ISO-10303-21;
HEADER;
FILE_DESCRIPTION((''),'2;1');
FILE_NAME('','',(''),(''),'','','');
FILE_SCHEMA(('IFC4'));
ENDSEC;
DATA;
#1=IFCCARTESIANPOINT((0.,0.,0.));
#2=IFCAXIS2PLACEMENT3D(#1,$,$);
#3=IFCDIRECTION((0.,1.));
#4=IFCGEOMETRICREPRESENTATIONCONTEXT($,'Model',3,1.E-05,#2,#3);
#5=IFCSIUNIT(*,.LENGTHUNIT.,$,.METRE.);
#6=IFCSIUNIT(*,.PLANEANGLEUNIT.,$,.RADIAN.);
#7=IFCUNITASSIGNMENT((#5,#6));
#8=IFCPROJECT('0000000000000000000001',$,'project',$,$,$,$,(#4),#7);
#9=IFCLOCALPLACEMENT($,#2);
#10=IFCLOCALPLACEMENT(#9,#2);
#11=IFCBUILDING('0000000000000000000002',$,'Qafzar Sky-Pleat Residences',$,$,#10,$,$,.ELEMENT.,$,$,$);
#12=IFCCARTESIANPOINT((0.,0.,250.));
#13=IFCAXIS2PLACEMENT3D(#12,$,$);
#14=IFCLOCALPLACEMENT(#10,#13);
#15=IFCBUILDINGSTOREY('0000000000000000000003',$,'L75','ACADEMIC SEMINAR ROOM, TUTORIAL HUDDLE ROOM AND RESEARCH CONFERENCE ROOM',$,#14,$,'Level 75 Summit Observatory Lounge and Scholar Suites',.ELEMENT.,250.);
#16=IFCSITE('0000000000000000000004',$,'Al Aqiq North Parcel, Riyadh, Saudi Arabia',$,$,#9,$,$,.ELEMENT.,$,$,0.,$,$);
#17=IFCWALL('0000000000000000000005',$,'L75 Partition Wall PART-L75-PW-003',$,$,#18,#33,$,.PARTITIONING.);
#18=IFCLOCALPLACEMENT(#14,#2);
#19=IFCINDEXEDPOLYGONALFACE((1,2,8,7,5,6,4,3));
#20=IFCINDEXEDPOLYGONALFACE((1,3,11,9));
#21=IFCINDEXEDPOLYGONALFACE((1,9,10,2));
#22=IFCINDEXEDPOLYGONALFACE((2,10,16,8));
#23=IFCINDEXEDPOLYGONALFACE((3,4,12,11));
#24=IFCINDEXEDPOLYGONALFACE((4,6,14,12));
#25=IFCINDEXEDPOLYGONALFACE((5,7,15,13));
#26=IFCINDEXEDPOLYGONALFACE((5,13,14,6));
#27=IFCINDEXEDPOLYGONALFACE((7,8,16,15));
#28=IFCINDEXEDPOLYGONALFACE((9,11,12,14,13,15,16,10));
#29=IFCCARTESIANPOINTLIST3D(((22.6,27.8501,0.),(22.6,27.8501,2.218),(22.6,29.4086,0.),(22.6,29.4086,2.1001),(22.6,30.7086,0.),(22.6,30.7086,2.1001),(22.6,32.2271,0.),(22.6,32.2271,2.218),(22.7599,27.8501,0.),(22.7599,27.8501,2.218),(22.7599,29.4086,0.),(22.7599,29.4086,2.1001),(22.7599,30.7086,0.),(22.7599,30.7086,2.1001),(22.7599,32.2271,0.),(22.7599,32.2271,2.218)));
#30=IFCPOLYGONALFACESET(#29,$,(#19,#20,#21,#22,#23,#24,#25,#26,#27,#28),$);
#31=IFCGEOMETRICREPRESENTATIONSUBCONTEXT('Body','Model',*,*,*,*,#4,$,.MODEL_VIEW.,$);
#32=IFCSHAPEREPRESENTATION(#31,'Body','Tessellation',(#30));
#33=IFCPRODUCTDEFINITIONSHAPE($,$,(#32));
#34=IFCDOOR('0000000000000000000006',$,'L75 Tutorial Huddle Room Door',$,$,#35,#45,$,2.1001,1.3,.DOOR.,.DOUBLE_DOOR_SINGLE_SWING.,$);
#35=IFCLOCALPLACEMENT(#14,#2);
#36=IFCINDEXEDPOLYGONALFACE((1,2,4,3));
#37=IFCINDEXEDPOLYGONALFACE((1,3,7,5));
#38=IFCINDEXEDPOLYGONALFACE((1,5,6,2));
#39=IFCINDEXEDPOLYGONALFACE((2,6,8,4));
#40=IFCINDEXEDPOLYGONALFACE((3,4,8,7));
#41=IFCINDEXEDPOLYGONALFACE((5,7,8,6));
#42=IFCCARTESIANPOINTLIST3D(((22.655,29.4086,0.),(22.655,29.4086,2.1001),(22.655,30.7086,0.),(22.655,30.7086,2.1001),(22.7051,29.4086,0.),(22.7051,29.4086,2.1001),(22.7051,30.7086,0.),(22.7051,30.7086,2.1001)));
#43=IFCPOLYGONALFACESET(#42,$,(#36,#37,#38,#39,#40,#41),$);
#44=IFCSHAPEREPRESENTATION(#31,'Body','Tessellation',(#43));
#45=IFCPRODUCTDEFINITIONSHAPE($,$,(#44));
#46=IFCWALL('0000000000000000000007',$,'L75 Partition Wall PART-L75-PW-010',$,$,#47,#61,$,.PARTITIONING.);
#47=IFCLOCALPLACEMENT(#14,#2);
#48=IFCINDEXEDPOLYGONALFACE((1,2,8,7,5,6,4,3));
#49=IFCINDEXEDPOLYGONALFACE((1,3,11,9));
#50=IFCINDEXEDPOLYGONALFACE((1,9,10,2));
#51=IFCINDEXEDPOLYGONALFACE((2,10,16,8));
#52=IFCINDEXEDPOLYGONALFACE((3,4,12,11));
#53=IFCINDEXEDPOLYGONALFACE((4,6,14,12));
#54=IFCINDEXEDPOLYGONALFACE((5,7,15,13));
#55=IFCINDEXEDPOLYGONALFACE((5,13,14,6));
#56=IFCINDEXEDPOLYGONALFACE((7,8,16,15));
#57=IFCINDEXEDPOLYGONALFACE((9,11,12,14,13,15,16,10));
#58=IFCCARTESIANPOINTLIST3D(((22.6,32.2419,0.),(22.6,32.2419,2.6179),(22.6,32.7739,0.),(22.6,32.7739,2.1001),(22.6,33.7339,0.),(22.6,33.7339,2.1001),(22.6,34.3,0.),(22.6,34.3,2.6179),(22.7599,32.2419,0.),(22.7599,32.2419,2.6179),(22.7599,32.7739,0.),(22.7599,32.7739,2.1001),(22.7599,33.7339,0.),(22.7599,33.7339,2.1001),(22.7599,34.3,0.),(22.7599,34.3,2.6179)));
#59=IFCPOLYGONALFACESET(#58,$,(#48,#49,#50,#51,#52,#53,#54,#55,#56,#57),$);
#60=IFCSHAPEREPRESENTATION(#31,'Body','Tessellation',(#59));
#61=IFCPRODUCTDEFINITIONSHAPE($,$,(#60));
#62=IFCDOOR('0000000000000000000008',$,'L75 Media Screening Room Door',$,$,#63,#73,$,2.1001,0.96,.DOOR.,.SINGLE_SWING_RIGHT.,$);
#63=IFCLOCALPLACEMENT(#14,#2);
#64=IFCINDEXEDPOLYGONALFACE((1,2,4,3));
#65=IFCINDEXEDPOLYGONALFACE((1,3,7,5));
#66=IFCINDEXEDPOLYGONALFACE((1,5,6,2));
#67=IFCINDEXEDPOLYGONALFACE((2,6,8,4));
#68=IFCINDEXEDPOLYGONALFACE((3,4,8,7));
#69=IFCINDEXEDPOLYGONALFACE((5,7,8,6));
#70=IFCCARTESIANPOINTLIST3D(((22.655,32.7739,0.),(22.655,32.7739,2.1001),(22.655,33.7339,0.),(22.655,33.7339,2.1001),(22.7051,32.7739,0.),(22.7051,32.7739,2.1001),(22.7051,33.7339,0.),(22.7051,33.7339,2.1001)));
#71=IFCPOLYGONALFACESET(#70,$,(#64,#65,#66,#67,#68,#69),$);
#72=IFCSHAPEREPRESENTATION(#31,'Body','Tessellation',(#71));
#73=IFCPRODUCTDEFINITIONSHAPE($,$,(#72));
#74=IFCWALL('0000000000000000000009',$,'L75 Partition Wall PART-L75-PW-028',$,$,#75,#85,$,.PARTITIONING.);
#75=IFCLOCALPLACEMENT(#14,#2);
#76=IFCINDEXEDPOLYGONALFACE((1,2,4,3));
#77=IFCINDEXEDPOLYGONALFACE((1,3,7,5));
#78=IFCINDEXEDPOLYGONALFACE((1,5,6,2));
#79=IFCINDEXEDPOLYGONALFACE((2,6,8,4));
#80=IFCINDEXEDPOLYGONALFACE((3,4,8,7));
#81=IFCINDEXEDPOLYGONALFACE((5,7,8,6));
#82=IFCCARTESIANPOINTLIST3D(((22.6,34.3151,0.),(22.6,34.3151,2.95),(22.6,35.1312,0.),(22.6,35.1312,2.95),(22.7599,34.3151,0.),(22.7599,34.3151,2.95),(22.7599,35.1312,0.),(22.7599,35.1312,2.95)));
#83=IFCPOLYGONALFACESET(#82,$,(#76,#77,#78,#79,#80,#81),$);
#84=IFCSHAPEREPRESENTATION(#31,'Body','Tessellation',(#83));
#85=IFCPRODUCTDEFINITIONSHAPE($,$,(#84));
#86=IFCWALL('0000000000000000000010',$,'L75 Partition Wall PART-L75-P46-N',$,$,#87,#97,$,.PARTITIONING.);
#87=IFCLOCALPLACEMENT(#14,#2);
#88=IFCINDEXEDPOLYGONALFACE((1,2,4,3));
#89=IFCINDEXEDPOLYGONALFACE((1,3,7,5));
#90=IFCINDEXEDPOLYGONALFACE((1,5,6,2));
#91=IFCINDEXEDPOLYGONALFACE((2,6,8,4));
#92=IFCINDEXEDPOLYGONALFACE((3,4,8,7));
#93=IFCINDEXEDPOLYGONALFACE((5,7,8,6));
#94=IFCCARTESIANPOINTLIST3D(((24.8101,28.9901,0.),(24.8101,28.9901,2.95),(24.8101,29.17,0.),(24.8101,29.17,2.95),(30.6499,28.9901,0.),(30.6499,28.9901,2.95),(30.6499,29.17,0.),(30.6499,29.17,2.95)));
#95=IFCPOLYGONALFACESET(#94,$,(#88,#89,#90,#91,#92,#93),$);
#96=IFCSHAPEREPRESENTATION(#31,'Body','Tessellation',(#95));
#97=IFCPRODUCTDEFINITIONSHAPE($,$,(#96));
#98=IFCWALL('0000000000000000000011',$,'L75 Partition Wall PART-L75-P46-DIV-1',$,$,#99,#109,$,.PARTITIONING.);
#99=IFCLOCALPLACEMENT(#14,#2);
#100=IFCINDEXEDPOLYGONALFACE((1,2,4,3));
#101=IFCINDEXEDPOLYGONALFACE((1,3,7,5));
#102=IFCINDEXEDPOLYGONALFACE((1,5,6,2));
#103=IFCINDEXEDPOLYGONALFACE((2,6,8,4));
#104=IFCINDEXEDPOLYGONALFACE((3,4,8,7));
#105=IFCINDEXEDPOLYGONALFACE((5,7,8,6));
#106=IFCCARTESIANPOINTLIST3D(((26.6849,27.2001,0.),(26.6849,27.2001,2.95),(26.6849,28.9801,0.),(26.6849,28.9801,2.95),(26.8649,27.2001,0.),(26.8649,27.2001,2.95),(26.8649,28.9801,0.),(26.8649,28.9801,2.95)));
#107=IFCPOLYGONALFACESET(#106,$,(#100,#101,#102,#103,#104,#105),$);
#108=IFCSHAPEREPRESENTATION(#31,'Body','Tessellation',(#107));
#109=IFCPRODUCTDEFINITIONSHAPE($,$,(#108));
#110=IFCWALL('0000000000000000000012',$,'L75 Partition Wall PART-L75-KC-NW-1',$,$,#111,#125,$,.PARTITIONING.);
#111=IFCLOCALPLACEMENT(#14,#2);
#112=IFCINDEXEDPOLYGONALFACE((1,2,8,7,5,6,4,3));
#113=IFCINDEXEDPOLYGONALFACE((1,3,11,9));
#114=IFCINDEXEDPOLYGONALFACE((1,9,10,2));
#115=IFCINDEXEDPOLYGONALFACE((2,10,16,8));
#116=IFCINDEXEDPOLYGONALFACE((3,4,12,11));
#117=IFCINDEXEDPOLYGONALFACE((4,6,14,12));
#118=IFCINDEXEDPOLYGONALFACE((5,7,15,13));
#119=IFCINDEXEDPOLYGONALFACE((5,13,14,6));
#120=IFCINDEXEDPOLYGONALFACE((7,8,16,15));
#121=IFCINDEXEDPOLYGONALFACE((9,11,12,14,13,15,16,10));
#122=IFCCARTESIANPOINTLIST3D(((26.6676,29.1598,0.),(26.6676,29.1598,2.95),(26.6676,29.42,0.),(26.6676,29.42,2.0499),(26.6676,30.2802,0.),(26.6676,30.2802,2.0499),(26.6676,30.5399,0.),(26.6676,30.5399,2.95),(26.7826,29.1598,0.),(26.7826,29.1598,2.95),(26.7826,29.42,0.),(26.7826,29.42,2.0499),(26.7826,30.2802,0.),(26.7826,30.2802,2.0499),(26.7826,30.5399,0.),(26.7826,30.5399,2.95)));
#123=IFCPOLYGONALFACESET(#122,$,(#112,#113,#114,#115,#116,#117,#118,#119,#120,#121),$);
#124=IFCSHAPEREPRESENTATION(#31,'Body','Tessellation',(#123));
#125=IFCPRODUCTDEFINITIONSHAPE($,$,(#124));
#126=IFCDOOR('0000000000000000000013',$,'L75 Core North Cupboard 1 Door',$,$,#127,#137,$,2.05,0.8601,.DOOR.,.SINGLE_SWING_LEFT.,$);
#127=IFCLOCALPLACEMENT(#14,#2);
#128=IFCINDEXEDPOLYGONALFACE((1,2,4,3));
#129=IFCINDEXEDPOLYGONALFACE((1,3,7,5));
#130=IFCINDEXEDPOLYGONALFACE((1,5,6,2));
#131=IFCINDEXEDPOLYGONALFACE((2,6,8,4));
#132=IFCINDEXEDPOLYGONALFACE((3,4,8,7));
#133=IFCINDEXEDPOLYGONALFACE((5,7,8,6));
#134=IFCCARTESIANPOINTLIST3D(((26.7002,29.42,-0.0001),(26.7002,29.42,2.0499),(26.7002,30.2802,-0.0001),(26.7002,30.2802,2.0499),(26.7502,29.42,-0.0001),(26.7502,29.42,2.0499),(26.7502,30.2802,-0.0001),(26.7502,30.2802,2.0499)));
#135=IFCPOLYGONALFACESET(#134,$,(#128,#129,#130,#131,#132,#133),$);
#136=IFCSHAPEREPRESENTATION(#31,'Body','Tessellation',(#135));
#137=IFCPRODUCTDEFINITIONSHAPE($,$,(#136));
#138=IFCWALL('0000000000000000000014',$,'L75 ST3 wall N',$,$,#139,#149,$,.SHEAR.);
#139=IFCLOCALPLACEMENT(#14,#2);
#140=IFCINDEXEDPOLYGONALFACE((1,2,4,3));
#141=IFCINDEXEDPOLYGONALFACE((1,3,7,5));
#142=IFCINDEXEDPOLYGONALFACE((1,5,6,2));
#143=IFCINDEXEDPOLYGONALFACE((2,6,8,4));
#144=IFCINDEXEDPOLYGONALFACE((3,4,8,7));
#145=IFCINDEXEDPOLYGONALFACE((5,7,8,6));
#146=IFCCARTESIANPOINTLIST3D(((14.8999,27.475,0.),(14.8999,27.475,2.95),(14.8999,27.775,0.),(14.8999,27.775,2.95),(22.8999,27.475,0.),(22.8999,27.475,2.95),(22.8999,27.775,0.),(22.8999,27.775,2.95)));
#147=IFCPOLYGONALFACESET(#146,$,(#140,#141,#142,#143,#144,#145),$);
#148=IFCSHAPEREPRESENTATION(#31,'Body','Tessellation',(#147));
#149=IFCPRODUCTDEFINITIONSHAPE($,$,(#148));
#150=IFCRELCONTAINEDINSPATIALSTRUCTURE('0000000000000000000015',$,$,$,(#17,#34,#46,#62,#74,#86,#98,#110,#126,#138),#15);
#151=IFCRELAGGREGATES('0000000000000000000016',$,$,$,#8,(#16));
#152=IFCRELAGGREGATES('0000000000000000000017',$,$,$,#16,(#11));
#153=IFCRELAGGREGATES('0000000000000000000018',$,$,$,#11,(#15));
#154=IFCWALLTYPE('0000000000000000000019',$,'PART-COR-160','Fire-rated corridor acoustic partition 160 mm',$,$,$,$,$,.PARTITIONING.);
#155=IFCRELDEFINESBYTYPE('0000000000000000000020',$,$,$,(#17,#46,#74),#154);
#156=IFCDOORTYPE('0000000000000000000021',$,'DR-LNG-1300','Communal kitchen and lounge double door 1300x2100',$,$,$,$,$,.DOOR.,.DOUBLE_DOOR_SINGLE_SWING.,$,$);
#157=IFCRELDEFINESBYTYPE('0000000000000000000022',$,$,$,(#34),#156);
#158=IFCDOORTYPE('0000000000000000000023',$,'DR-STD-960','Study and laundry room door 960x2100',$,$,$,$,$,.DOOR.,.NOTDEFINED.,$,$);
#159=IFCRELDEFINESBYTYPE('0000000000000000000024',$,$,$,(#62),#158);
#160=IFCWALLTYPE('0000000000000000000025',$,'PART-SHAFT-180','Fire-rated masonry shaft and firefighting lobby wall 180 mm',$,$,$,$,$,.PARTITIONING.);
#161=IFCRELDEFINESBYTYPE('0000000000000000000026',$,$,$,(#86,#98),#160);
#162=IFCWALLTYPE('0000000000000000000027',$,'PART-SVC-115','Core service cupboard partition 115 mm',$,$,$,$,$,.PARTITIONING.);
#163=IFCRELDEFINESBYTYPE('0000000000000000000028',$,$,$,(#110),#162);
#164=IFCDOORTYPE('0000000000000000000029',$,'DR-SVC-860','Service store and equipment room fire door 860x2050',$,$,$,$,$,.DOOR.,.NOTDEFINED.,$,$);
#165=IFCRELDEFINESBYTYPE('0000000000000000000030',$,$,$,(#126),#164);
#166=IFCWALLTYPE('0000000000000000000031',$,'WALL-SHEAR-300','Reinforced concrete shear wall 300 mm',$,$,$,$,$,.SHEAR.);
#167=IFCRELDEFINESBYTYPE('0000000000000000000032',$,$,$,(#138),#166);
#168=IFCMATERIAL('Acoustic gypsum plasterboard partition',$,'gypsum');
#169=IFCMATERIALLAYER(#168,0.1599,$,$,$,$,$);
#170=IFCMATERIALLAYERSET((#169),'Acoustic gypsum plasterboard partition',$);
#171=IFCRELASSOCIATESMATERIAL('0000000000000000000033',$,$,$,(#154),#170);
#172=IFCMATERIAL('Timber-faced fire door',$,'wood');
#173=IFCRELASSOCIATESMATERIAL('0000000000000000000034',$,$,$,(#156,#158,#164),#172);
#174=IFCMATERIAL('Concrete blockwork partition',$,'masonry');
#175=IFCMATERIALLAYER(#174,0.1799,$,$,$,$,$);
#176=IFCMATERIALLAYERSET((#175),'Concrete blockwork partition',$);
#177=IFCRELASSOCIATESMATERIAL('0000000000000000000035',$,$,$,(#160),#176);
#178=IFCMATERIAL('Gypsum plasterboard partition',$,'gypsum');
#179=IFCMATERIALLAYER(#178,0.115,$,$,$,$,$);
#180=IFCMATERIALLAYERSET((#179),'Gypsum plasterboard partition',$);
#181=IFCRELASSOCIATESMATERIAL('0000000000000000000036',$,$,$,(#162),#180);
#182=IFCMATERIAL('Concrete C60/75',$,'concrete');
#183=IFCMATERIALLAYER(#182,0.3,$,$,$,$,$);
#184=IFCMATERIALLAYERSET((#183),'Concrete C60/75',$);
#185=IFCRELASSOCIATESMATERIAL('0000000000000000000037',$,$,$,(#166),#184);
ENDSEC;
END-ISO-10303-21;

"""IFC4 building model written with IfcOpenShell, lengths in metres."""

from ifc_helpers import new_model, si_unit, direction, frame, frame_2d, origin, place, context, subcontext, project, spatial, rectangle, extrude, source, transform, mapped, material, layer, layer_set, type_object, element, fill, save


model = new_model("IFC4")

# Units and contexts
model_context = context("Model", 3, precision=1e-05, world=origin(), true_north=direction((0.0, 1.0)))
body_context = subcontext(model_context, "Body", "Model", "MODEL_VIEW")
ifc_project = project(units=[si_unit("LENGTHUNIT", "METRE"), si_unit("PLANEANGLEUNIT", "RADIAN")], contexts=[model_context])

# Site, building, storey
site_placement = place(None, origin())
site = spatial("IfcSite", under=ifc_project, at=site_placement, Name="Al Aqiq North Parcel, Riyadh, Saudi Arabia", CompositionType="ELEMENT", RefElevation=0.0)
building_placement = place(site_placement, origin())
building = spatial("IfcBuilding", under=site, at=building_placement, Name="Qafzar Sky-Pleat Residences", CompositionType="ELEMENT")
storey_placement = place(building_placement, frame((0.0, 0.0, 250.0)))
storey = spatial("IfcBuildingStorey", under=building, at=storey_placement, Name="L75", Description="ACADEMIC SEMINAR ROOM, TUTORIAL HUDDLE ROOM AND RESEARCH CONFERENCE ROOM", LongName="Level 75 Summit Observatory Lounge and Scholar Suites", CompositionType="ELEMENT", Elevation=250.0)

# Walls, openings, doors
ifc_material_1 = material(Name="Acoustic gypsum plasterboard partition", Category="gypsum")
ifc_layer_1 = layer(ifc_material_1, 0.1599)
ifc_layer_set_1 = layer_set([ifc_layer_1], Name="Acoustic gypsum plasterboard partition")
wall_type_1 = type_object("IfcWallType", Name="PART-COR-160", Description="Fire-rated corridor acoustic partition 160 mm", PredefinedType="PARTITIONING", material=ifc_layer_set_1)
wall_1_placement = place(storey_placement, frame((22.6799, 27.8501, 0.0), z_axis=(0.0, 0.0, 1.0), x_axis=(0.0, 1.0, 0.0)))
wall_1 = element("IfcWall", 1, at=wall_1_placement, inside=storey, type_object=wall_type_1, Name="L75 Partition Wall PART-L75-PW-003", PredefinedType="PARTITIONING", context=body_context, shape_type="SweptSolid", body=[
    extrude(rectangle(XDim=4.377, YDim=0.1599, at=frame_2d((2.1885, 0.0))), origin(), (0.0, 0.0, 1.0), 2.218),
])
opening_1_placement = place(wall_1_placement, frame((1.5586, 0.0, 0.0)))
opening_1 = element("IfcOpeningElement", 2, at=opening_1_placement, cuts=wall_1, PredefinedType="OPENING", context=body_context, shape_type="SweptSolid", body=[
    extrude(rectangle(XDim=1.3, YDim=2.1001, at=frame_2d((0.6499, 1.05))), frame((0.0, 0.0898, 0.0), z_axis=(0.0, -1.0, 0.0), x_axis=(1.0, 0.0, 0.0)), (0.0, 0.0, 1.0), 0.1799),
])
ifc_material_2 = material(Name="Timber-faced fire door", Category="wood")
door_type_1 = type_object("IfcDoorType", Name="DR-LNG-1300", Description="Communal kitchen and lounge double door 1300x2100", OperationType="DOUBLE_DOOR_SINGLE_SWING", PredefinedType="DOOR", material=ifc_material_2)
shared_shape_1 = source(origin(), body_context, "Body", "SweptSolid", [
    extrude(rectangle(XDim=1.3, YDim=2.1001, at=frame_2d((0.6499, 1.05))), frame((0.0, 0.0249, 0.0), z_axis=(0.0, -1.0, 0.0), x_axis=(1.0, 0.0, 0.0)), (0.0, 0.0, 1.0), 0.05),
])
door_1_placement = place(opening_1_placement, origin())
door_1 = element("IfcDoor", 3, at=door_1_placement, inside=storey, type_object=door_type_1, Name="L75 Tutorial Huddle Room Door", OperationType="DOUBLE_DOOR_SINGLE_SWING", OverallHeight=2.1001, OverallWidth=1.3, PredefinedType="DOOR", context=body_context, shape_type="MappedRepresentation", body=[
    mapped(shared_shape_1, transform((0.0, 0.0, 0.0), x_axis=(1.0, 0.0, 0.0), y_axis=(0.0, 1.0, 0.0), z_axis=(0.0, 0.0, 1.0), scale=1.0)),
])
fill(opening_1, door_1)
wall_2_placement = place(storey_placement, frame((22.6799, 32.2419, 0.0), z_axis=(0.0, 0.0, 1.0), x_axis=(0.0, 1.0, 0.0)))
wall_2 = element("IfcWall", 4, at=wall_2_placement, inside=storey, type_object=wall_type_1, Name="L75 Partition Wall PART-L75-PW-010", PredefinedType="PARTITIONING", context=body_context, shape_type="SweptSolid", body=[
    extrude(rectangle(XDim=2.0581, YDim=0.1599, at=frame_2d((1.0291, 0.0))), origin(), (0.0, 0.0, 1.0), 2.6179),
])
opening_2_placement = place(wall_2_placement, frame((0.532, 0.0, 0.0)))
opening_2 = element("IfcOpeningElement", 5, at=opening_2_placement, cuts=wall_2, PredefinedType="OPENING", context=body_context, shape_type="SweptSolid", body=[
    extrude(rectangle(XDim=0.96, YDim=2.1001, at=frame_2d((0.48, 1.05))), frame((0.0, 0.0898, 0.0), z_axis=(0.0, -1.0, 0.0), x_axis=(1.0, 0.0, 0.0)), (0.0, 0.0, 1.0), 0.1799),
])
door_type_2 = type_object("IfcDoorType", Name="DR-STD-960", Description="Study and laundry room door 960x2100", OperationType="NOTDEFINED", PredefinedType="DOOR", material=ifc_material_2)
shared_shape_2 = source(origin(), body_context, "Body", "SweptSolid", [
    extrude(rectangle(XDim=0.96, YDim=2.1001, at=frame_2d((0.48, 1.05))), frame((0.0, 0.0249, 0.0), z_axis=(0.0, -1.0, 0.0), x_axis=(1.0, 0.0, 0.0)), (0.0, 0.0, 1.0), 0.05),
])
door_2_placement = place(opening_2_placement, origin())
door_2 = element("IfcDoor", 6, at=door_2_placement, inside=storey, type_object=door_type_2, Name="L75 Media Screening Room Door", OperationType="SINGLE_SWING_RIGHT", OverallHeight=2.1001, OverallWidth=0.96, PredefinedType="DOOR", context=body_context, shape_type="MappedRepresentation", body=[
    mapped(shared_shape_2, transform((0.0, 0.0, 0.0), x_axis=(1.0, 0.0, 0.0), y_axis=(0.0, 1.0, 0.0), z_axis=(0.0, 0.0, 1.0), scale=1.0)),
])
fill(opening_2, door_2)

# Walls
wall_3_placement = place(storey_placement, frame((22.6799, 34.3149, 0.0), z_axis=(0.0, 0.0, 1.0), x_axis=(0.0, 1.0, 0.0)))
element("IfcWall", 7, at=wall_3_placement, inside=storey, type_object=wall_type_1, Name="L75 Partition Wall PART-L75-PW-028", PredefinedType="PARTITIONING", context=body_context, shape_type="SweptSolid", body=[
    extrude(rectangle(XDim=0.8162, YDim=0.1599, at=frame_2d((0.4082, 0.0))), origin(), (0.0, 0.0, 1.0), 2.95),
])
ifc_material_3 = material(Name="Concrete blockwork partition", Category="masonry")
ifc_layer_2 = layer(ifc_material_3, 0.1799)
ifc_layer_set_2 = layer_set([ifc_layer_2], Name="Concrete blockwork partition")
wall_type_2 = type_object("IfcWallType", Name="PART-SHAFT-180", Description="Fire-rated masonry shaft and firefighting lobby wall 180 mm", PredefinedType="PARTITIONING", material=ifc_layer_set_2)
wall_4_placement = place(storey_placement, frame((24.8101, 29.0801, 0.0), z_axis=(0.0, 0.0, 1.0), x_axis=(1.0, 0.0, 0.0)))
element("IfcWall", 8, at=wall_4_placement, inside=storey, type_object=wall_type_2, Name="L75 Partition Wall PART-L75-P46-N", PredefinedType="PARTITIONING", context=body_context, shape_type="SweptSolid", body=[
    extrude(rectangle(XDim=5.8398, YDim=0.1799, at=frame_2d((2.9199, 0.0))), origin(), (0.0, 0.0, 1.0), 2.95),
])

# Wall
wall_5_placement = place(storey_placement, frame((26.7749, 27.2, 0.0), z_axis=(0.0, 0.0, 1.0), x_axis=(0.0, 1.0, 0.0)))
element("IfcWall", 9, at=wall_5_placement, inside=storey, type_object=wall_type_2, Name="L75 Partition Wall PART-L75-P46-DIV-1", PredefinedType="PARTITIONING", context=body_context, shape_type="SweptSolid", body=[
    extrude(rectangle(XDim=1.78, YDim=0.1799, at=frame_2d((0.8901, 0.0))), origin(), (0.0, 0.0, 1.0), 2.95),
])

# Wall, opening, door
ifc_material_4 = material(Name="Gypsum plasterboard partition", Category="gypsum")
ifc_layer_3 = layer(ifc_material_4, 0.115)
ifc_layer_set_3 = layer_set([ifc_layer_3], Name="Gypsum plasterboard partition")
wall_type_3 = type_object("IfcWallType", Name="PART-SVC-115", Description="Core service cupboard partition 115 mm", PredefinedType="PARTITIONING", material=ifc_layer_set_3)
wall_6_placement = place(storey_placement, frame((26.7251, 29.1599, 0.0), z_axis=(0.0, 0.0, 1.0), x_axis=(0.0, 1.0, 0.0)))
wall_6 = element("IfcWall", 10, at=wall_6_placement, inside=storey, type_object=wall_type_3, Name="L75 Partition Wall PART-L75-KC-NW-1", PredefinedType="PARTITIONING", context=body_context, shape_type="SweptSolid", body=[
    extrude(rectangle(XDim=1.3801, YDim=0.115, at=frame_2d((0.6899, 0.0))), origin(), (0.0, 0.0, 1.0), 2.95),
])
opening_3_placement = place(wall_6_placement, frame((0.26, 0.0, 0.0)))
opening_3 = element("IfcOpeningElement", 11, at=opening_3_placement, cuts=wall_6, PredefinedType="OPENING", context=body_context, shape_type="SweptSolid", body=[
    extrude(rectangle(XDim=0.8601, YDim=2.05, at=frame_2d((0.4302, 1.0249))), frame((0.0, 0.0674, 0.0), z_axis=(0.0, -1.0, 0.0), x_axis=(1.0, 0.0, 0.0)), (0.0, 0.0, 1.0), 0.135),
])
door_type_3 = type_object("IfcDoorType", Name="DR-SVC-860", Description="Service store and equipment room fire door 860x2050", OperationType="NOTDEFINED", PredefinedType="DOOR", material=ifc_material_2)
shared_shape_3 = source(origin(), body_context, "Body", "SweptSolid", [
    extrude(rectangle(XDim=0.8601, YDim=2.05, at=frame_2d((0.4302, 1.0249))), frame((0.0, 0.0249, 0.0), z_axis=(0.0, -1.0, 0.0), x_axis=(1.0, 0.0, 0.0)), (0.0, 0.0, 1.0), 0.05),
])
door_3_placement = place(opening_3_placement, origin())
door_3 = element("IfcDoor", 12, at=door_3_placement, inside=storey, type_object=door_type_3, Name="L75 Core North Cupboard 1 Door", OperationType="SINGLE_SWING_LEFT", OverallHeight=2.05, OverallWidth=0.8601, PredefinedType="DOOR", context=body_context, shape_type="MappedRepresentation", body=[
    mapped(shared_shape_3, transform((0.0, 0.0, 0.0), x_axis=(1.0, 0.0, 0.0), y_axis=(0.0, 1.0, 0.0), z_axis=(0.0, 0.0, 1.0), scale=1.0)),
])
fill(opening_3, door_3)

# Shared definitions
ifc_material_5 = material(Name="Concrete C60/75", Category="concrete")
ifc_layer_4 = layer(ifc_material_5, 0.3)
ifc_layer_set_4 = layer_set([ifc_layer_4], Name="Concrete C60/75")
wall_type_4 = type_object("IfcWallType", Name="WALL-SHEAR-300", Description="Reinforced concrete shear wall 300 mm", PredefinedType="SHEAR", material=ifc_layer_set_4)

# Wall
wall_7_placement = place(storey_placement, frame((22.8999, 27.625, 0.0), z_axis=(0.0, 0.0, 1.0), x_axis=(-1.0, 0.0, 0.0)))
element("IfcWall", 13, at=wall_7_placement, inside=storey, type_object=wall_type_4, Name="L75 ST3 wall N", PredefinedType="SHEAR", context=body_context, shape_type="SweptSolid", body=[
    extrude(rectangle(XDim=8.0, YDim=0.3, at=frame_2d((4.0, 0.0))), origin(), (0.0, 0.0, 1.0), 2.95),
])

save(model, "model.ifc")
